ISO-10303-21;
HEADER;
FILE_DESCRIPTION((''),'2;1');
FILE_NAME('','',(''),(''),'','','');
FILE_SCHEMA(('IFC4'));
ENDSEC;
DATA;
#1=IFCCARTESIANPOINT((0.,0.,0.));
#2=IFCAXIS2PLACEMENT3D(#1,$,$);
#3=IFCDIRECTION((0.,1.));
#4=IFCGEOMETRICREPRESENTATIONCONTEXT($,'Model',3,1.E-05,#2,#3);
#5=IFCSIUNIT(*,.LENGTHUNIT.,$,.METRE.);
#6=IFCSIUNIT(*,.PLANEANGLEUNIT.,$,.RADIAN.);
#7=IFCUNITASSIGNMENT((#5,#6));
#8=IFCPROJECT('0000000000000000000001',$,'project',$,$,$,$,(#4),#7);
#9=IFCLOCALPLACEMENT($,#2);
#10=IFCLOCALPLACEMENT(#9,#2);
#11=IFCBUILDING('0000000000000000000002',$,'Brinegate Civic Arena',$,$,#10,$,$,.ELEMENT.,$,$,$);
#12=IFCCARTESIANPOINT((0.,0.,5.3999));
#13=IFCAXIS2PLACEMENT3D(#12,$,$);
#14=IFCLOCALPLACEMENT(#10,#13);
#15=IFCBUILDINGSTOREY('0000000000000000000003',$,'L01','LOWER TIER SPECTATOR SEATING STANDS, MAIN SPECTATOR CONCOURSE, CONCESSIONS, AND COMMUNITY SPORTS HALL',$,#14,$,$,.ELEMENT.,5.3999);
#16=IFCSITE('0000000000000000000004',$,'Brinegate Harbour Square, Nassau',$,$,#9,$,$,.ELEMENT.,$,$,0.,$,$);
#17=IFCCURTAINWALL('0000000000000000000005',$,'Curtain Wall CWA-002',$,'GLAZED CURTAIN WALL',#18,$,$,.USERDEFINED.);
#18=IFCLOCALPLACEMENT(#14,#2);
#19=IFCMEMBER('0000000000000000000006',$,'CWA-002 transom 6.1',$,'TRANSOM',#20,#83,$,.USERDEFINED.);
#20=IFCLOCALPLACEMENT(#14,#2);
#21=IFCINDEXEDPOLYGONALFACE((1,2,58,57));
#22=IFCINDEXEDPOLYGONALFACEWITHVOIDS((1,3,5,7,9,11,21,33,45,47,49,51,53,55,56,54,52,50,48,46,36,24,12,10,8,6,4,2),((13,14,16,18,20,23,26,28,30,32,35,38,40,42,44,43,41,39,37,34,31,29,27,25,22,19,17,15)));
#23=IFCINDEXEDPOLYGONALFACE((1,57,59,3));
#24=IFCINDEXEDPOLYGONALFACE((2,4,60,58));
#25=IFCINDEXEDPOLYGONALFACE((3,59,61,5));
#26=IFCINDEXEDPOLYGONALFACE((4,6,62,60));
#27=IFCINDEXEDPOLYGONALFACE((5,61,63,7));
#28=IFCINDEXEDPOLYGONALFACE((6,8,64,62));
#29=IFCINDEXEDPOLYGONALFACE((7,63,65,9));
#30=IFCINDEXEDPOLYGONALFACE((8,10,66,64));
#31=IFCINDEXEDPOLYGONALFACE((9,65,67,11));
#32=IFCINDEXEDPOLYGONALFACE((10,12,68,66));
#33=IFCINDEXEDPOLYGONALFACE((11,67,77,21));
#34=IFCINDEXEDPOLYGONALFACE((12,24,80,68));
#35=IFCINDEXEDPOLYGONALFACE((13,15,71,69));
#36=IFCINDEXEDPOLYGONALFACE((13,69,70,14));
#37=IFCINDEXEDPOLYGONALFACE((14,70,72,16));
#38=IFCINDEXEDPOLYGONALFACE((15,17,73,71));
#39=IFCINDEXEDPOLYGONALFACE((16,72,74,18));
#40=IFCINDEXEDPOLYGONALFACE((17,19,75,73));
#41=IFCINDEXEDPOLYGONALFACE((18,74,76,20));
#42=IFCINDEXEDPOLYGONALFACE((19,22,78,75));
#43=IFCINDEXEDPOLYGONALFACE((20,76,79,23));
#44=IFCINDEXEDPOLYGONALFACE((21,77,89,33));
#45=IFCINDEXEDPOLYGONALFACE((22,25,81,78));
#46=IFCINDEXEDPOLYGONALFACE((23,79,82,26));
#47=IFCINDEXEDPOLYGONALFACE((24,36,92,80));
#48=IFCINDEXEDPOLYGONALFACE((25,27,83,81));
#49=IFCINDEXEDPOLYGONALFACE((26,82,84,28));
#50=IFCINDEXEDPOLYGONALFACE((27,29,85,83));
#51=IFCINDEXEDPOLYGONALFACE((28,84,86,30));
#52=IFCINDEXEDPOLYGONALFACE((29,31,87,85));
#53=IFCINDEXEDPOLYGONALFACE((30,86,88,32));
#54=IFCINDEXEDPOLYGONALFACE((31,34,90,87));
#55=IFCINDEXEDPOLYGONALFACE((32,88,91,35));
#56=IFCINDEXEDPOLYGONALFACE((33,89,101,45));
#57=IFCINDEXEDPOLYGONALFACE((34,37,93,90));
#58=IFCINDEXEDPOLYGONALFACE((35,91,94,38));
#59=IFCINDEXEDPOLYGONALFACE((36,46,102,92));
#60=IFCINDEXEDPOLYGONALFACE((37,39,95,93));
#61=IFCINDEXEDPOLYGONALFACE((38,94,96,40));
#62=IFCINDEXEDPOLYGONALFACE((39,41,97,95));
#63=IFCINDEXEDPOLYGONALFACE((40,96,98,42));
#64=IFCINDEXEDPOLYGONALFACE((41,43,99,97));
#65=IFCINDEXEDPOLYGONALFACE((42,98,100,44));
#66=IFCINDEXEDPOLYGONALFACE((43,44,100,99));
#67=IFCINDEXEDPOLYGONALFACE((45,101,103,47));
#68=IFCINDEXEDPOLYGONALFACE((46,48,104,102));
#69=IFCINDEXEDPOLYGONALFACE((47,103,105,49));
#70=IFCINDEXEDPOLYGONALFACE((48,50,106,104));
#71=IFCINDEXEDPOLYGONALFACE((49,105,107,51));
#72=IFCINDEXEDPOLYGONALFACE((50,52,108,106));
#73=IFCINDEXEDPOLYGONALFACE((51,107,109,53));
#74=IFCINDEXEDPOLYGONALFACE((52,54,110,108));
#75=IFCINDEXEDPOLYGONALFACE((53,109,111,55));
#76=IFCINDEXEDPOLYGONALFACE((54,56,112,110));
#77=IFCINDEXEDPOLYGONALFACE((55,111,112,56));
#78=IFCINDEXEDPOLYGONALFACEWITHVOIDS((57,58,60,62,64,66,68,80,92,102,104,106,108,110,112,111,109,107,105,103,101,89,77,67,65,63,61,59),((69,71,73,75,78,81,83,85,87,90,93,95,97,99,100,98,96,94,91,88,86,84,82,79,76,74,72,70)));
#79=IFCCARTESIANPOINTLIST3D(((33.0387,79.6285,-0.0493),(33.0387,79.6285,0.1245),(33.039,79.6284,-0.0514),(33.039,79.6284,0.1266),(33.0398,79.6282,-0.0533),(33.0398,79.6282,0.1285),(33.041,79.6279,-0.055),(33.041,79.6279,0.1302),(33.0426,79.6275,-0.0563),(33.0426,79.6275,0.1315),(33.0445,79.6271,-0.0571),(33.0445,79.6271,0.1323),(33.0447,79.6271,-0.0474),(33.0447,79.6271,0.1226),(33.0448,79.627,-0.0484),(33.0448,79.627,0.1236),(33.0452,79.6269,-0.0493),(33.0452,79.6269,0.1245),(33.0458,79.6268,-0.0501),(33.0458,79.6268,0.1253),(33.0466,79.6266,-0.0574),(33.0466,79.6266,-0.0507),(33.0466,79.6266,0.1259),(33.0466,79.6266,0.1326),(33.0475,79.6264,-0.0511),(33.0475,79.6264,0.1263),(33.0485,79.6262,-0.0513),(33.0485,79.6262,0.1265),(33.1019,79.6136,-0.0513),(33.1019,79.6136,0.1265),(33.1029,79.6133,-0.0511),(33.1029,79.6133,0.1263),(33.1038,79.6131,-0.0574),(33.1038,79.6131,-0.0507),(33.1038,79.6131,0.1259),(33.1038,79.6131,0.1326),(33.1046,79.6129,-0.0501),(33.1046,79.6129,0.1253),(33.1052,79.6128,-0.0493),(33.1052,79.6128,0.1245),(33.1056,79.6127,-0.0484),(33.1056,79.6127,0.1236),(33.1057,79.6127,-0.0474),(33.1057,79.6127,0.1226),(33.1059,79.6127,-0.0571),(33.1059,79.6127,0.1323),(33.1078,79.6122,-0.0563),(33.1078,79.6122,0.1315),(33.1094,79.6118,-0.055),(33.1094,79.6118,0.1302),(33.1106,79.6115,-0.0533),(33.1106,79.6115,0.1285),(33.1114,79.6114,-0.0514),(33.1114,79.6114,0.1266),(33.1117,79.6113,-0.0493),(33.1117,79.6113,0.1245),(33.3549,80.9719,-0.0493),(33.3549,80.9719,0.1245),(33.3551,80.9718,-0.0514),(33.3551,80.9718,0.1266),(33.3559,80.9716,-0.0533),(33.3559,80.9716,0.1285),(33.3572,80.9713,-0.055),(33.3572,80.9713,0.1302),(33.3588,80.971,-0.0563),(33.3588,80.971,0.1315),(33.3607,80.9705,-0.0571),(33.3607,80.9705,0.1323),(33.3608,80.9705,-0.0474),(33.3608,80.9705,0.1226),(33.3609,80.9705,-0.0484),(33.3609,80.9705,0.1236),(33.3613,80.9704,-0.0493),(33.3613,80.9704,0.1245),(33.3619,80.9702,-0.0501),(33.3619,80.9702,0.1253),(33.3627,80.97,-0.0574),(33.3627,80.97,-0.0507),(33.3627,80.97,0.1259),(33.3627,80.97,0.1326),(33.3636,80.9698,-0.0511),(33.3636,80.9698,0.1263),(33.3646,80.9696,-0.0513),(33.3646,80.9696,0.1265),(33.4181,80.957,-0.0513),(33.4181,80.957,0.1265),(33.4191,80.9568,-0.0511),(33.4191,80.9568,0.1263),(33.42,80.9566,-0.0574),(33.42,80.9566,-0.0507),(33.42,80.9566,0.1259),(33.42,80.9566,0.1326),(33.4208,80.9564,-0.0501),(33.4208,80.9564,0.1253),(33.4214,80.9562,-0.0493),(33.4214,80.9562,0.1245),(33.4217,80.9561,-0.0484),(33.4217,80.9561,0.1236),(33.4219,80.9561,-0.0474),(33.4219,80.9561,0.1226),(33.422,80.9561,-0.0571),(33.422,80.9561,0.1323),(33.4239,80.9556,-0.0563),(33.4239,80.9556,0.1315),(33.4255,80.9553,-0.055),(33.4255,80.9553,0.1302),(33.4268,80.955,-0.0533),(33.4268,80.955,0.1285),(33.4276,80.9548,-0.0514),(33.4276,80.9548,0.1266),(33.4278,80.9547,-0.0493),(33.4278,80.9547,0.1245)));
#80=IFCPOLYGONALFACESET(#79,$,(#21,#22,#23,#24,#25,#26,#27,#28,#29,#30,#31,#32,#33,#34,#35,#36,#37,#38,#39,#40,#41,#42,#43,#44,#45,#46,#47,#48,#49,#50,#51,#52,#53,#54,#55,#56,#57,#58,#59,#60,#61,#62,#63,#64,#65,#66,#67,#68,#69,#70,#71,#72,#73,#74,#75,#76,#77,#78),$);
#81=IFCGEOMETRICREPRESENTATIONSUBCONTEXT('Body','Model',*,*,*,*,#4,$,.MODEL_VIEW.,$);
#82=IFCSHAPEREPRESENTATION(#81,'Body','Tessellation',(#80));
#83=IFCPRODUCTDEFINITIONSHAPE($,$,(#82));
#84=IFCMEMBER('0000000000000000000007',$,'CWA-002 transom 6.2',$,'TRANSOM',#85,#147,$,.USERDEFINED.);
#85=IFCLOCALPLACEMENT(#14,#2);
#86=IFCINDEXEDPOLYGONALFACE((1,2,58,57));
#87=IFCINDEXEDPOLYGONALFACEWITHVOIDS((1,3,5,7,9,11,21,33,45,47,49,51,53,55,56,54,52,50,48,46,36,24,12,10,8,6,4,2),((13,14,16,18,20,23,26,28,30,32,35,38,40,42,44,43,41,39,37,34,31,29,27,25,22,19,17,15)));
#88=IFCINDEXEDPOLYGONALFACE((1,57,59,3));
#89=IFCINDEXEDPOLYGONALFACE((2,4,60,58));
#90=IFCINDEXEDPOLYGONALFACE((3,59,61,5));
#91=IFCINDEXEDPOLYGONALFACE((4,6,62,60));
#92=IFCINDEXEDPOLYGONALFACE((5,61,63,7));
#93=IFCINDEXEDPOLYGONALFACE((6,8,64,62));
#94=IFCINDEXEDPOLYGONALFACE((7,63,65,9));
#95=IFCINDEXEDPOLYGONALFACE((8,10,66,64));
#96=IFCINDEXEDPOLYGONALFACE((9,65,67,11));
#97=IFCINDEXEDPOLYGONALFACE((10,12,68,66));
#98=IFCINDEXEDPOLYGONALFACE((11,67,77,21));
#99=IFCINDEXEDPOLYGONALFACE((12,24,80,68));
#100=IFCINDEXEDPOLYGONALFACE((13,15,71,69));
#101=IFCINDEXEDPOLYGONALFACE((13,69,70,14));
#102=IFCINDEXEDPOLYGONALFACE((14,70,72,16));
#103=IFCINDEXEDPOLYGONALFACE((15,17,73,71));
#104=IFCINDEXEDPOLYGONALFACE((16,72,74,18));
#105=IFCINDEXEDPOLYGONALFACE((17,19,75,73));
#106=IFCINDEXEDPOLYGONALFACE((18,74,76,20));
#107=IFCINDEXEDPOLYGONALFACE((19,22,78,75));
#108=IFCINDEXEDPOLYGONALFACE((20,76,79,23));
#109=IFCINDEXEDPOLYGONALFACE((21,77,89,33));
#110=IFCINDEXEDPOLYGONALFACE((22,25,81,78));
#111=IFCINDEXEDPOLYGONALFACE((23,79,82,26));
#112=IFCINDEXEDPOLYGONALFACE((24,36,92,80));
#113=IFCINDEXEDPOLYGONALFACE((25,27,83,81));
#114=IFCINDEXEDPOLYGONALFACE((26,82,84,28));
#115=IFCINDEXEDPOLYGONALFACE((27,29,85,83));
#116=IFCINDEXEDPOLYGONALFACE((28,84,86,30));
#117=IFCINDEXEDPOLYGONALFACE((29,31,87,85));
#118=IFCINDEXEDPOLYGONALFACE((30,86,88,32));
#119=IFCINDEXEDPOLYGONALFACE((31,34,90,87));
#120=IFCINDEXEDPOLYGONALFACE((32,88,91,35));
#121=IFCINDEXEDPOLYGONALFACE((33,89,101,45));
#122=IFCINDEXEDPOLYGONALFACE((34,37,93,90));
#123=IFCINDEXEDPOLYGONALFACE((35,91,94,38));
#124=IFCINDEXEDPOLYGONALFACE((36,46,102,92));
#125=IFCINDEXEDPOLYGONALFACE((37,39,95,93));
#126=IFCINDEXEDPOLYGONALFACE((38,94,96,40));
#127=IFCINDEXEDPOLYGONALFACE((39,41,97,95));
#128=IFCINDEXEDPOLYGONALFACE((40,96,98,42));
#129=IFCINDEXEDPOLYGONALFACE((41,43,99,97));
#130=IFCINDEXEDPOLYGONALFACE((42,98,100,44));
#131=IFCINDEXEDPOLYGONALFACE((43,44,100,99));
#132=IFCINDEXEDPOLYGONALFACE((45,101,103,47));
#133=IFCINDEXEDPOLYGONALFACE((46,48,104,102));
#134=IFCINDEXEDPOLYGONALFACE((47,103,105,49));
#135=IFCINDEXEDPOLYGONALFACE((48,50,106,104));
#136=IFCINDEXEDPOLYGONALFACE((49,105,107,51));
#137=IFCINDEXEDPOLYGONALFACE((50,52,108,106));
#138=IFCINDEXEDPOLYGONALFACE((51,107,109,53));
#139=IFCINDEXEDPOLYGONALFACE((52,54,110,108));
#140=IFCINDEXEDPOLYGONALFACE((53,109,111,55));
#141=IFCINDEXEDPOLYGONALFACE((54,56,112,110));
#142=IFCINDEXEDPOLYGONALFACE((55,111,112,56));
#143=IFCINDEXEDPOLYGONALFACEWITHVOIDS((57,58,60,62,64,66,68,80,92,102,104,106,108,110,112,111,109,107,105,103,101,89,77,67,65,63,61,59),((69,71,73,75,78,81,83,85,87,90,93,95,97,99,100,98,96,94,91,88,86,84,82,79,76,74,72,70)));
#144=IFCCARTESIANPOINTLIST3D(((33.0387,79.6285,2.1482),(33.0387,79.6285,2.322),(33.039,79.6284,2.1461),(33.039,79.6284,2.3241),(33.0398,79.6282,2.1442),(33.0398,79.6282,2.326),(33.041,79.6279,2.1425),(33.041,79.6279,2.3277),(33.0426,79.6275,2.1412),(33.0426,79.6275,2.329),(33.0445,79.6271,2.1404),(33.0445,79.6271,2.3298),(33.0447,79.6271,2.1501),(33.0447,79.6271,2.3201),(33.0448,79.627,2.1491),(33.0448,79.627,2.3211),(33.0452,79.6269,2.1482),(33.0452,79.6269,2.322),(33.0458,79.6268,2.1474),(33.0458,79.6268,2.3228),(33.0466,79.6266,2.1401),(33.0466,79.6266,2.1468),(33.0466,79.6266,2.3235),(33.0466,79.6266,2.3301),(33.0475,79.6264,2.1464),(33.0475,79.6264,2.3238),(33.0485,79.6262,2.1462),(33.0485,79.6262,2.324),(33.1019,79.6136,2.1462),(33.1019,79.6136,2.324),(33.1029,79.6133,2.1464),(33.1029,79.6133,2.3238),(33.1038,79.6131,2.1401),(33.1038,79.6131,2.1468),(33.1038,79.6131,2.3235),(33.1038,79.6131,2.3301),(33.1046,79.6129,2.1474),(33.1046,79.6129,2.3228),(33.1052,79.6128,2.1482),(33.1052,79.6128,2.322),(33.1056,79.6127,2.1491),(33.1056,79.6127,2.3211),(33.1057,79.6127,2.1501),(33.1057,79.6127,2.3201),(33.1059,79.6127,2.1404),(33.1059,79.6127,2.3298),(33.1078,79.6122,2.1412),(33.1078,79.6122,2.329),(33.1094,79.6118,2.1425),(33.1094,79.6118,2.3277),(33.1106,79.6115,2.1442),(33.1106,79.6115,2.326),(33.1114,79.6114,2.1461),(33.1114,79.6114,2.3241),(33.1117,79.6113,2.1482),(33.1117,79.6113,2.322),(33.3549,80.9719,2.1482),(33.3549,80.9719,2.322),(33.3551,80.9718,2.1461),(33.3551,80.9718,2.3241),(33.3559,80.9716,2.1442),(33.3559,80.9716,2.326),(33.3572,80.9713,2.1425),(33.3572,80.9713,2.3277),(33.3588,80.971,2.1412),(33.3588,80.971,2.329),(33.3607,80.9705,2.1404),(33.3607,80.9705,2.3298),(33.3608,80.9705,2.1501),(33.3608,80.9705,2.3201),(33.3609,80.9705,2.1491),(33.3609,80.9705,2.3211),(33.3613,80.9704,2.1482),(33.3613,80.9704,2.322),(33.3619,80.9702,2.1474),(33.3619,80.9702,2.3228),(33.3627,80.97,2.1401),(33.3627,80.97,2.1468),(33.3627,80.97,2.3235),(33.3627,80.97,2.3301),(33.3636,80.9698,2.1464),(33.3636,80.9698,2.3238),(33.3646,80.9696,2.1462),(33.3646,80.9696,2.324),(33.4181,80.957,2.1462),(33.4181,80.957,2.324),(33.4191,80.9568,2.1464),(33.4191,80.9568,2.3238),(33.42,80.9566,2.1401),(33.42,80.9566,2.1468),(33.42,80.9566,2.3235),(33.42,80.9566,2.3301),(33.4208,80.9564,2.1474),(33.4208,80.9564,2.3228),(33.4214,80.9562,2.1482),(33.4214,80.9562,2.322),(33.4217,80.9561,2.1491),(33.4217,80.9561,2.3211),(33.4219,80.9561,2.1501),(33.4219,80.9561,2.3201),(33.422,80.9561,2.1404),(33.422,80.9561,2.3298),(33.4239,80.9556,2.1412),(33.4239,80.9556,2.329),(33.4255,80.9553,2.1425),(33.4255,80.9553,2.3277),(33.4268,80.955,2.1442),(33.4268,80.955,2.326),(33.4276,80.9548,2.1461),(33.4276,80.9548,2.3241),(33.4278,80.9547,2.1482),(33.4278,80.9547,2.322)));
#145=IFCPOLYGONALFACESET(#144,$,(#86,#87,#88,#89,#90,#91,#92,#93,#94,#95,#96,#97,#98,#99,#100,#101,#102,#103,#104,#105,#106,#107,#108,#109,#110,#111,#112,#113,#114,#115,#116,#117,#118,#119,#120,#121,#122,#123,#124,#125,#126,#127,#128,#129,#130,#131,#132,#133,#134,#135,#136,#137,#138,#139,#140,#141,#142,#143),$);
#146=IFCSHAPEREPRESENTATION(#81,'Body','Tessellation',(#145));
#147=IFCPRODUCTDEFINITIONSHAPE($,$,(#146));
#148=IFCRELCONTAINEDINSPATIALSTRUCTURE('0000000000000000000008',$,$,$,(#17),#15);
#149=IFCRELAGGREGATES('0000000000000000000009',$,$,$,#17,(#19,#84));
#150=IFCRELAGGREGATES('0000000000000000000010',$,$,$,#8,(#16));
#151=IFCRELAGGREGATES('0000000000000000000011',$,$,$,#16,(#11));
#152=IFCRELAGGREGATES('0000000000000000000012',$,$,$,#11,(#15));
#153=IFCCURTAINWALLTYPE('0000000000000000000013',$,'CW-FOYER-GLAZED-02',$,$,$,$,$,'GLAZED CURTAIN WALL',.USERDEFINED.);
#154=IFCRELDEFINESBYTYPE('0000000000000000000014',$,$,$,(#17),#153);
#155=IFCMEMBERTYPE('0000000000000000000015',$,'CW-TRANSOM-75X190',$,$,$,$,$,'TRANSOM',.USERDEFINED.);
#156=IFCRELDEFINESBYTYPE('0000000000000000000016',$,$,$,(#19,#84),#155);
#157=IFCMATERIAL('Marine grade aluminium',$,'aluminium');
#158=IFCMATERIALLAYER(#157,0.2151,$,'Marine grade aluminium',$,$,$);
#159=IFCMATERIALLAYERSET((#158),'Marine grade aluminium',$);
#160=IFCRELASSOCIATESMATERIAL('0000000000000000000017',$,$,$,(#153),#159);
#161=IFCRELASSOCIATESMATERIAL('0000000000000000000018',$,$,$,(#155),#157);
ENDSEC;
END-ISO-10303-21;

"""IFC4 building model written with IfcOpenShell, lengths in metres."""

from ifc_helpers import new_model, si_unit, direction, frame, origin, origin_2d, place, context, subcontext, project, spatial, hollow_rectangle, extrude, material, layer, layer_set, material_profile, profile_set, type_object, element, aggregate, save


model = new_model("IFC4")

# Units and contexts
model_context = context("Model", 3, precision=1e-05, world=origin(), true_north=direction((0.0, 1.0)))
body_context = subcontext(model_context, "Body", "Model", "MODEL_VIEW")
ifc_project = project(units=[si_unit("LENGTHUNIT", "METRE"), si_unit("PLANEANGLEUNIT", "RADIAN")], contexts=[model_context])

# Site, building, storey
site_placement = place(None, origin())
site = spatial("IfcSite", under=ifc_project, at=site_placement, Name="Brinegate Harbour Square, Nassau", CompositionType="ELEMENT", RefElevation=0.0)
building_placement = place(site_placement, origin())
building = spatial("IfcBuilding", under=site, at=building_placement, Name="Brinegate Civic Arena", CompositionType="ELEMENT")
storey_placement = place(building_placement, frame((0.0, 0.0, 5.3999)))
storey = spatial("IfcBuildingStorey", under=building, at=storey_placement, Name="L01", Description="LOWER TIER SPECTATOR SEATING STANDS, MAIN SPECTATOR CONCOURSE, CONCESSIONS, AND COMMUNITY SPORTS HALL", CompositionType="ELEMENT", Elevation=5.3999)

# Curtain wall, members
ifc_material_1 = material(Name="Marine grade aluminium", Category="aluminium")
ifc_layer_1 = layer(ifc_material_1, 0.2151, Name="Marine grade aluminium")
ifc_layer_set_1 = layer_set([ifc_layer_1], Name="Marine grade aluminium")
curtain_wall_type = type_object("IfcCurtainWallType", Name="CW-FOYER-GLAZED-02", ElementType="GLAZED CURTAIN WALL", PredefinedType="USERDEFINED", material=ifc_layer_set_1)
curtain_wall_placement = place(storey_placement, origin())
curtain_wall = element("IfcCurtainWall", 1, at=curtain_wall_placement, inside=storey, type_object=curtain_wall_type, Name="Curtain Wall CWA-002", ObjectType="GLAZED CURTAIN WALL", PredefinedType="USERDEFINED")
ifc_material_profile_1 = material_profile(ifc_material_1, hollow_rectangle(XDim=0.075, YDim=0.1899, WallThickness=0.0061, InnerFilletRadius=0.0039, OuterFilletRadius=0.0081, at=origin_2d()), Name="TRN75X190")
ifc_profile_set_1 = profile_set([ifc_material_profile_1], Name="Marine grade aluminium")
member_type_1 = type_object("IfcMemberType", Name="CW-TRANSOM-75X190", ElementType="TRANSOM", PredefinedType="USERDEFINED", material=ifc_profile_set_1)
member_1_placement = place(storey_placement, frame((33.0752, 79.6199, 0.0376), z_axis=(0.229069, 0.97341, 0.0), x_axis=(-0.97341, 0.229069, 0.0)))
member_1 = element("IfcMember", 2, at=member_1_placement, type_object=member_type_1, Name="CWA-002 transom 6.1", ObjectType="TRANSOM", PredefinedType="USERDEFINED", context=body_context, shape_type="SweptSolid", body=[
    extrude(hollow_rectangle(XDim=0.075, YDim=0.1899, WallThickness=0.0061, InnerFilletRadius=0.0039, OuterFilletRadius=0.0081, at=origin_2d()), origin(), (0.0, 0.0, 1.0), 1.3801),
])
member_2_placement = place(storey_placement, frame((33.0752, 79.6199, 2.2351), z_axis=(0.229069, 0.97341, 0.0), x_axis=(-0.97341, 0.229069, 0.0)))
member_2 = element("IfcMember", 3, at=member_2_placement, type_object=member_type_1, Name="CWA-002 transom 6.2", ObjectType="TRANSOM", PredefinedType="USERDEFINED", context=body_context, shape_type="SweptSolid", body=[
    extrude(hollow_rectangle(XDim=0.075, YDim=0.1899, WallThickness=0.0061, InnerFilletRadius=0.0039, OuterFilletRadius=0.0081, at=origin_2d()), origin(), (0.0, 0.0, 1.0), 1.3801),
])

aggregate(curtain_wall, [member_1, member_2])

save(model, "model.ifc")
